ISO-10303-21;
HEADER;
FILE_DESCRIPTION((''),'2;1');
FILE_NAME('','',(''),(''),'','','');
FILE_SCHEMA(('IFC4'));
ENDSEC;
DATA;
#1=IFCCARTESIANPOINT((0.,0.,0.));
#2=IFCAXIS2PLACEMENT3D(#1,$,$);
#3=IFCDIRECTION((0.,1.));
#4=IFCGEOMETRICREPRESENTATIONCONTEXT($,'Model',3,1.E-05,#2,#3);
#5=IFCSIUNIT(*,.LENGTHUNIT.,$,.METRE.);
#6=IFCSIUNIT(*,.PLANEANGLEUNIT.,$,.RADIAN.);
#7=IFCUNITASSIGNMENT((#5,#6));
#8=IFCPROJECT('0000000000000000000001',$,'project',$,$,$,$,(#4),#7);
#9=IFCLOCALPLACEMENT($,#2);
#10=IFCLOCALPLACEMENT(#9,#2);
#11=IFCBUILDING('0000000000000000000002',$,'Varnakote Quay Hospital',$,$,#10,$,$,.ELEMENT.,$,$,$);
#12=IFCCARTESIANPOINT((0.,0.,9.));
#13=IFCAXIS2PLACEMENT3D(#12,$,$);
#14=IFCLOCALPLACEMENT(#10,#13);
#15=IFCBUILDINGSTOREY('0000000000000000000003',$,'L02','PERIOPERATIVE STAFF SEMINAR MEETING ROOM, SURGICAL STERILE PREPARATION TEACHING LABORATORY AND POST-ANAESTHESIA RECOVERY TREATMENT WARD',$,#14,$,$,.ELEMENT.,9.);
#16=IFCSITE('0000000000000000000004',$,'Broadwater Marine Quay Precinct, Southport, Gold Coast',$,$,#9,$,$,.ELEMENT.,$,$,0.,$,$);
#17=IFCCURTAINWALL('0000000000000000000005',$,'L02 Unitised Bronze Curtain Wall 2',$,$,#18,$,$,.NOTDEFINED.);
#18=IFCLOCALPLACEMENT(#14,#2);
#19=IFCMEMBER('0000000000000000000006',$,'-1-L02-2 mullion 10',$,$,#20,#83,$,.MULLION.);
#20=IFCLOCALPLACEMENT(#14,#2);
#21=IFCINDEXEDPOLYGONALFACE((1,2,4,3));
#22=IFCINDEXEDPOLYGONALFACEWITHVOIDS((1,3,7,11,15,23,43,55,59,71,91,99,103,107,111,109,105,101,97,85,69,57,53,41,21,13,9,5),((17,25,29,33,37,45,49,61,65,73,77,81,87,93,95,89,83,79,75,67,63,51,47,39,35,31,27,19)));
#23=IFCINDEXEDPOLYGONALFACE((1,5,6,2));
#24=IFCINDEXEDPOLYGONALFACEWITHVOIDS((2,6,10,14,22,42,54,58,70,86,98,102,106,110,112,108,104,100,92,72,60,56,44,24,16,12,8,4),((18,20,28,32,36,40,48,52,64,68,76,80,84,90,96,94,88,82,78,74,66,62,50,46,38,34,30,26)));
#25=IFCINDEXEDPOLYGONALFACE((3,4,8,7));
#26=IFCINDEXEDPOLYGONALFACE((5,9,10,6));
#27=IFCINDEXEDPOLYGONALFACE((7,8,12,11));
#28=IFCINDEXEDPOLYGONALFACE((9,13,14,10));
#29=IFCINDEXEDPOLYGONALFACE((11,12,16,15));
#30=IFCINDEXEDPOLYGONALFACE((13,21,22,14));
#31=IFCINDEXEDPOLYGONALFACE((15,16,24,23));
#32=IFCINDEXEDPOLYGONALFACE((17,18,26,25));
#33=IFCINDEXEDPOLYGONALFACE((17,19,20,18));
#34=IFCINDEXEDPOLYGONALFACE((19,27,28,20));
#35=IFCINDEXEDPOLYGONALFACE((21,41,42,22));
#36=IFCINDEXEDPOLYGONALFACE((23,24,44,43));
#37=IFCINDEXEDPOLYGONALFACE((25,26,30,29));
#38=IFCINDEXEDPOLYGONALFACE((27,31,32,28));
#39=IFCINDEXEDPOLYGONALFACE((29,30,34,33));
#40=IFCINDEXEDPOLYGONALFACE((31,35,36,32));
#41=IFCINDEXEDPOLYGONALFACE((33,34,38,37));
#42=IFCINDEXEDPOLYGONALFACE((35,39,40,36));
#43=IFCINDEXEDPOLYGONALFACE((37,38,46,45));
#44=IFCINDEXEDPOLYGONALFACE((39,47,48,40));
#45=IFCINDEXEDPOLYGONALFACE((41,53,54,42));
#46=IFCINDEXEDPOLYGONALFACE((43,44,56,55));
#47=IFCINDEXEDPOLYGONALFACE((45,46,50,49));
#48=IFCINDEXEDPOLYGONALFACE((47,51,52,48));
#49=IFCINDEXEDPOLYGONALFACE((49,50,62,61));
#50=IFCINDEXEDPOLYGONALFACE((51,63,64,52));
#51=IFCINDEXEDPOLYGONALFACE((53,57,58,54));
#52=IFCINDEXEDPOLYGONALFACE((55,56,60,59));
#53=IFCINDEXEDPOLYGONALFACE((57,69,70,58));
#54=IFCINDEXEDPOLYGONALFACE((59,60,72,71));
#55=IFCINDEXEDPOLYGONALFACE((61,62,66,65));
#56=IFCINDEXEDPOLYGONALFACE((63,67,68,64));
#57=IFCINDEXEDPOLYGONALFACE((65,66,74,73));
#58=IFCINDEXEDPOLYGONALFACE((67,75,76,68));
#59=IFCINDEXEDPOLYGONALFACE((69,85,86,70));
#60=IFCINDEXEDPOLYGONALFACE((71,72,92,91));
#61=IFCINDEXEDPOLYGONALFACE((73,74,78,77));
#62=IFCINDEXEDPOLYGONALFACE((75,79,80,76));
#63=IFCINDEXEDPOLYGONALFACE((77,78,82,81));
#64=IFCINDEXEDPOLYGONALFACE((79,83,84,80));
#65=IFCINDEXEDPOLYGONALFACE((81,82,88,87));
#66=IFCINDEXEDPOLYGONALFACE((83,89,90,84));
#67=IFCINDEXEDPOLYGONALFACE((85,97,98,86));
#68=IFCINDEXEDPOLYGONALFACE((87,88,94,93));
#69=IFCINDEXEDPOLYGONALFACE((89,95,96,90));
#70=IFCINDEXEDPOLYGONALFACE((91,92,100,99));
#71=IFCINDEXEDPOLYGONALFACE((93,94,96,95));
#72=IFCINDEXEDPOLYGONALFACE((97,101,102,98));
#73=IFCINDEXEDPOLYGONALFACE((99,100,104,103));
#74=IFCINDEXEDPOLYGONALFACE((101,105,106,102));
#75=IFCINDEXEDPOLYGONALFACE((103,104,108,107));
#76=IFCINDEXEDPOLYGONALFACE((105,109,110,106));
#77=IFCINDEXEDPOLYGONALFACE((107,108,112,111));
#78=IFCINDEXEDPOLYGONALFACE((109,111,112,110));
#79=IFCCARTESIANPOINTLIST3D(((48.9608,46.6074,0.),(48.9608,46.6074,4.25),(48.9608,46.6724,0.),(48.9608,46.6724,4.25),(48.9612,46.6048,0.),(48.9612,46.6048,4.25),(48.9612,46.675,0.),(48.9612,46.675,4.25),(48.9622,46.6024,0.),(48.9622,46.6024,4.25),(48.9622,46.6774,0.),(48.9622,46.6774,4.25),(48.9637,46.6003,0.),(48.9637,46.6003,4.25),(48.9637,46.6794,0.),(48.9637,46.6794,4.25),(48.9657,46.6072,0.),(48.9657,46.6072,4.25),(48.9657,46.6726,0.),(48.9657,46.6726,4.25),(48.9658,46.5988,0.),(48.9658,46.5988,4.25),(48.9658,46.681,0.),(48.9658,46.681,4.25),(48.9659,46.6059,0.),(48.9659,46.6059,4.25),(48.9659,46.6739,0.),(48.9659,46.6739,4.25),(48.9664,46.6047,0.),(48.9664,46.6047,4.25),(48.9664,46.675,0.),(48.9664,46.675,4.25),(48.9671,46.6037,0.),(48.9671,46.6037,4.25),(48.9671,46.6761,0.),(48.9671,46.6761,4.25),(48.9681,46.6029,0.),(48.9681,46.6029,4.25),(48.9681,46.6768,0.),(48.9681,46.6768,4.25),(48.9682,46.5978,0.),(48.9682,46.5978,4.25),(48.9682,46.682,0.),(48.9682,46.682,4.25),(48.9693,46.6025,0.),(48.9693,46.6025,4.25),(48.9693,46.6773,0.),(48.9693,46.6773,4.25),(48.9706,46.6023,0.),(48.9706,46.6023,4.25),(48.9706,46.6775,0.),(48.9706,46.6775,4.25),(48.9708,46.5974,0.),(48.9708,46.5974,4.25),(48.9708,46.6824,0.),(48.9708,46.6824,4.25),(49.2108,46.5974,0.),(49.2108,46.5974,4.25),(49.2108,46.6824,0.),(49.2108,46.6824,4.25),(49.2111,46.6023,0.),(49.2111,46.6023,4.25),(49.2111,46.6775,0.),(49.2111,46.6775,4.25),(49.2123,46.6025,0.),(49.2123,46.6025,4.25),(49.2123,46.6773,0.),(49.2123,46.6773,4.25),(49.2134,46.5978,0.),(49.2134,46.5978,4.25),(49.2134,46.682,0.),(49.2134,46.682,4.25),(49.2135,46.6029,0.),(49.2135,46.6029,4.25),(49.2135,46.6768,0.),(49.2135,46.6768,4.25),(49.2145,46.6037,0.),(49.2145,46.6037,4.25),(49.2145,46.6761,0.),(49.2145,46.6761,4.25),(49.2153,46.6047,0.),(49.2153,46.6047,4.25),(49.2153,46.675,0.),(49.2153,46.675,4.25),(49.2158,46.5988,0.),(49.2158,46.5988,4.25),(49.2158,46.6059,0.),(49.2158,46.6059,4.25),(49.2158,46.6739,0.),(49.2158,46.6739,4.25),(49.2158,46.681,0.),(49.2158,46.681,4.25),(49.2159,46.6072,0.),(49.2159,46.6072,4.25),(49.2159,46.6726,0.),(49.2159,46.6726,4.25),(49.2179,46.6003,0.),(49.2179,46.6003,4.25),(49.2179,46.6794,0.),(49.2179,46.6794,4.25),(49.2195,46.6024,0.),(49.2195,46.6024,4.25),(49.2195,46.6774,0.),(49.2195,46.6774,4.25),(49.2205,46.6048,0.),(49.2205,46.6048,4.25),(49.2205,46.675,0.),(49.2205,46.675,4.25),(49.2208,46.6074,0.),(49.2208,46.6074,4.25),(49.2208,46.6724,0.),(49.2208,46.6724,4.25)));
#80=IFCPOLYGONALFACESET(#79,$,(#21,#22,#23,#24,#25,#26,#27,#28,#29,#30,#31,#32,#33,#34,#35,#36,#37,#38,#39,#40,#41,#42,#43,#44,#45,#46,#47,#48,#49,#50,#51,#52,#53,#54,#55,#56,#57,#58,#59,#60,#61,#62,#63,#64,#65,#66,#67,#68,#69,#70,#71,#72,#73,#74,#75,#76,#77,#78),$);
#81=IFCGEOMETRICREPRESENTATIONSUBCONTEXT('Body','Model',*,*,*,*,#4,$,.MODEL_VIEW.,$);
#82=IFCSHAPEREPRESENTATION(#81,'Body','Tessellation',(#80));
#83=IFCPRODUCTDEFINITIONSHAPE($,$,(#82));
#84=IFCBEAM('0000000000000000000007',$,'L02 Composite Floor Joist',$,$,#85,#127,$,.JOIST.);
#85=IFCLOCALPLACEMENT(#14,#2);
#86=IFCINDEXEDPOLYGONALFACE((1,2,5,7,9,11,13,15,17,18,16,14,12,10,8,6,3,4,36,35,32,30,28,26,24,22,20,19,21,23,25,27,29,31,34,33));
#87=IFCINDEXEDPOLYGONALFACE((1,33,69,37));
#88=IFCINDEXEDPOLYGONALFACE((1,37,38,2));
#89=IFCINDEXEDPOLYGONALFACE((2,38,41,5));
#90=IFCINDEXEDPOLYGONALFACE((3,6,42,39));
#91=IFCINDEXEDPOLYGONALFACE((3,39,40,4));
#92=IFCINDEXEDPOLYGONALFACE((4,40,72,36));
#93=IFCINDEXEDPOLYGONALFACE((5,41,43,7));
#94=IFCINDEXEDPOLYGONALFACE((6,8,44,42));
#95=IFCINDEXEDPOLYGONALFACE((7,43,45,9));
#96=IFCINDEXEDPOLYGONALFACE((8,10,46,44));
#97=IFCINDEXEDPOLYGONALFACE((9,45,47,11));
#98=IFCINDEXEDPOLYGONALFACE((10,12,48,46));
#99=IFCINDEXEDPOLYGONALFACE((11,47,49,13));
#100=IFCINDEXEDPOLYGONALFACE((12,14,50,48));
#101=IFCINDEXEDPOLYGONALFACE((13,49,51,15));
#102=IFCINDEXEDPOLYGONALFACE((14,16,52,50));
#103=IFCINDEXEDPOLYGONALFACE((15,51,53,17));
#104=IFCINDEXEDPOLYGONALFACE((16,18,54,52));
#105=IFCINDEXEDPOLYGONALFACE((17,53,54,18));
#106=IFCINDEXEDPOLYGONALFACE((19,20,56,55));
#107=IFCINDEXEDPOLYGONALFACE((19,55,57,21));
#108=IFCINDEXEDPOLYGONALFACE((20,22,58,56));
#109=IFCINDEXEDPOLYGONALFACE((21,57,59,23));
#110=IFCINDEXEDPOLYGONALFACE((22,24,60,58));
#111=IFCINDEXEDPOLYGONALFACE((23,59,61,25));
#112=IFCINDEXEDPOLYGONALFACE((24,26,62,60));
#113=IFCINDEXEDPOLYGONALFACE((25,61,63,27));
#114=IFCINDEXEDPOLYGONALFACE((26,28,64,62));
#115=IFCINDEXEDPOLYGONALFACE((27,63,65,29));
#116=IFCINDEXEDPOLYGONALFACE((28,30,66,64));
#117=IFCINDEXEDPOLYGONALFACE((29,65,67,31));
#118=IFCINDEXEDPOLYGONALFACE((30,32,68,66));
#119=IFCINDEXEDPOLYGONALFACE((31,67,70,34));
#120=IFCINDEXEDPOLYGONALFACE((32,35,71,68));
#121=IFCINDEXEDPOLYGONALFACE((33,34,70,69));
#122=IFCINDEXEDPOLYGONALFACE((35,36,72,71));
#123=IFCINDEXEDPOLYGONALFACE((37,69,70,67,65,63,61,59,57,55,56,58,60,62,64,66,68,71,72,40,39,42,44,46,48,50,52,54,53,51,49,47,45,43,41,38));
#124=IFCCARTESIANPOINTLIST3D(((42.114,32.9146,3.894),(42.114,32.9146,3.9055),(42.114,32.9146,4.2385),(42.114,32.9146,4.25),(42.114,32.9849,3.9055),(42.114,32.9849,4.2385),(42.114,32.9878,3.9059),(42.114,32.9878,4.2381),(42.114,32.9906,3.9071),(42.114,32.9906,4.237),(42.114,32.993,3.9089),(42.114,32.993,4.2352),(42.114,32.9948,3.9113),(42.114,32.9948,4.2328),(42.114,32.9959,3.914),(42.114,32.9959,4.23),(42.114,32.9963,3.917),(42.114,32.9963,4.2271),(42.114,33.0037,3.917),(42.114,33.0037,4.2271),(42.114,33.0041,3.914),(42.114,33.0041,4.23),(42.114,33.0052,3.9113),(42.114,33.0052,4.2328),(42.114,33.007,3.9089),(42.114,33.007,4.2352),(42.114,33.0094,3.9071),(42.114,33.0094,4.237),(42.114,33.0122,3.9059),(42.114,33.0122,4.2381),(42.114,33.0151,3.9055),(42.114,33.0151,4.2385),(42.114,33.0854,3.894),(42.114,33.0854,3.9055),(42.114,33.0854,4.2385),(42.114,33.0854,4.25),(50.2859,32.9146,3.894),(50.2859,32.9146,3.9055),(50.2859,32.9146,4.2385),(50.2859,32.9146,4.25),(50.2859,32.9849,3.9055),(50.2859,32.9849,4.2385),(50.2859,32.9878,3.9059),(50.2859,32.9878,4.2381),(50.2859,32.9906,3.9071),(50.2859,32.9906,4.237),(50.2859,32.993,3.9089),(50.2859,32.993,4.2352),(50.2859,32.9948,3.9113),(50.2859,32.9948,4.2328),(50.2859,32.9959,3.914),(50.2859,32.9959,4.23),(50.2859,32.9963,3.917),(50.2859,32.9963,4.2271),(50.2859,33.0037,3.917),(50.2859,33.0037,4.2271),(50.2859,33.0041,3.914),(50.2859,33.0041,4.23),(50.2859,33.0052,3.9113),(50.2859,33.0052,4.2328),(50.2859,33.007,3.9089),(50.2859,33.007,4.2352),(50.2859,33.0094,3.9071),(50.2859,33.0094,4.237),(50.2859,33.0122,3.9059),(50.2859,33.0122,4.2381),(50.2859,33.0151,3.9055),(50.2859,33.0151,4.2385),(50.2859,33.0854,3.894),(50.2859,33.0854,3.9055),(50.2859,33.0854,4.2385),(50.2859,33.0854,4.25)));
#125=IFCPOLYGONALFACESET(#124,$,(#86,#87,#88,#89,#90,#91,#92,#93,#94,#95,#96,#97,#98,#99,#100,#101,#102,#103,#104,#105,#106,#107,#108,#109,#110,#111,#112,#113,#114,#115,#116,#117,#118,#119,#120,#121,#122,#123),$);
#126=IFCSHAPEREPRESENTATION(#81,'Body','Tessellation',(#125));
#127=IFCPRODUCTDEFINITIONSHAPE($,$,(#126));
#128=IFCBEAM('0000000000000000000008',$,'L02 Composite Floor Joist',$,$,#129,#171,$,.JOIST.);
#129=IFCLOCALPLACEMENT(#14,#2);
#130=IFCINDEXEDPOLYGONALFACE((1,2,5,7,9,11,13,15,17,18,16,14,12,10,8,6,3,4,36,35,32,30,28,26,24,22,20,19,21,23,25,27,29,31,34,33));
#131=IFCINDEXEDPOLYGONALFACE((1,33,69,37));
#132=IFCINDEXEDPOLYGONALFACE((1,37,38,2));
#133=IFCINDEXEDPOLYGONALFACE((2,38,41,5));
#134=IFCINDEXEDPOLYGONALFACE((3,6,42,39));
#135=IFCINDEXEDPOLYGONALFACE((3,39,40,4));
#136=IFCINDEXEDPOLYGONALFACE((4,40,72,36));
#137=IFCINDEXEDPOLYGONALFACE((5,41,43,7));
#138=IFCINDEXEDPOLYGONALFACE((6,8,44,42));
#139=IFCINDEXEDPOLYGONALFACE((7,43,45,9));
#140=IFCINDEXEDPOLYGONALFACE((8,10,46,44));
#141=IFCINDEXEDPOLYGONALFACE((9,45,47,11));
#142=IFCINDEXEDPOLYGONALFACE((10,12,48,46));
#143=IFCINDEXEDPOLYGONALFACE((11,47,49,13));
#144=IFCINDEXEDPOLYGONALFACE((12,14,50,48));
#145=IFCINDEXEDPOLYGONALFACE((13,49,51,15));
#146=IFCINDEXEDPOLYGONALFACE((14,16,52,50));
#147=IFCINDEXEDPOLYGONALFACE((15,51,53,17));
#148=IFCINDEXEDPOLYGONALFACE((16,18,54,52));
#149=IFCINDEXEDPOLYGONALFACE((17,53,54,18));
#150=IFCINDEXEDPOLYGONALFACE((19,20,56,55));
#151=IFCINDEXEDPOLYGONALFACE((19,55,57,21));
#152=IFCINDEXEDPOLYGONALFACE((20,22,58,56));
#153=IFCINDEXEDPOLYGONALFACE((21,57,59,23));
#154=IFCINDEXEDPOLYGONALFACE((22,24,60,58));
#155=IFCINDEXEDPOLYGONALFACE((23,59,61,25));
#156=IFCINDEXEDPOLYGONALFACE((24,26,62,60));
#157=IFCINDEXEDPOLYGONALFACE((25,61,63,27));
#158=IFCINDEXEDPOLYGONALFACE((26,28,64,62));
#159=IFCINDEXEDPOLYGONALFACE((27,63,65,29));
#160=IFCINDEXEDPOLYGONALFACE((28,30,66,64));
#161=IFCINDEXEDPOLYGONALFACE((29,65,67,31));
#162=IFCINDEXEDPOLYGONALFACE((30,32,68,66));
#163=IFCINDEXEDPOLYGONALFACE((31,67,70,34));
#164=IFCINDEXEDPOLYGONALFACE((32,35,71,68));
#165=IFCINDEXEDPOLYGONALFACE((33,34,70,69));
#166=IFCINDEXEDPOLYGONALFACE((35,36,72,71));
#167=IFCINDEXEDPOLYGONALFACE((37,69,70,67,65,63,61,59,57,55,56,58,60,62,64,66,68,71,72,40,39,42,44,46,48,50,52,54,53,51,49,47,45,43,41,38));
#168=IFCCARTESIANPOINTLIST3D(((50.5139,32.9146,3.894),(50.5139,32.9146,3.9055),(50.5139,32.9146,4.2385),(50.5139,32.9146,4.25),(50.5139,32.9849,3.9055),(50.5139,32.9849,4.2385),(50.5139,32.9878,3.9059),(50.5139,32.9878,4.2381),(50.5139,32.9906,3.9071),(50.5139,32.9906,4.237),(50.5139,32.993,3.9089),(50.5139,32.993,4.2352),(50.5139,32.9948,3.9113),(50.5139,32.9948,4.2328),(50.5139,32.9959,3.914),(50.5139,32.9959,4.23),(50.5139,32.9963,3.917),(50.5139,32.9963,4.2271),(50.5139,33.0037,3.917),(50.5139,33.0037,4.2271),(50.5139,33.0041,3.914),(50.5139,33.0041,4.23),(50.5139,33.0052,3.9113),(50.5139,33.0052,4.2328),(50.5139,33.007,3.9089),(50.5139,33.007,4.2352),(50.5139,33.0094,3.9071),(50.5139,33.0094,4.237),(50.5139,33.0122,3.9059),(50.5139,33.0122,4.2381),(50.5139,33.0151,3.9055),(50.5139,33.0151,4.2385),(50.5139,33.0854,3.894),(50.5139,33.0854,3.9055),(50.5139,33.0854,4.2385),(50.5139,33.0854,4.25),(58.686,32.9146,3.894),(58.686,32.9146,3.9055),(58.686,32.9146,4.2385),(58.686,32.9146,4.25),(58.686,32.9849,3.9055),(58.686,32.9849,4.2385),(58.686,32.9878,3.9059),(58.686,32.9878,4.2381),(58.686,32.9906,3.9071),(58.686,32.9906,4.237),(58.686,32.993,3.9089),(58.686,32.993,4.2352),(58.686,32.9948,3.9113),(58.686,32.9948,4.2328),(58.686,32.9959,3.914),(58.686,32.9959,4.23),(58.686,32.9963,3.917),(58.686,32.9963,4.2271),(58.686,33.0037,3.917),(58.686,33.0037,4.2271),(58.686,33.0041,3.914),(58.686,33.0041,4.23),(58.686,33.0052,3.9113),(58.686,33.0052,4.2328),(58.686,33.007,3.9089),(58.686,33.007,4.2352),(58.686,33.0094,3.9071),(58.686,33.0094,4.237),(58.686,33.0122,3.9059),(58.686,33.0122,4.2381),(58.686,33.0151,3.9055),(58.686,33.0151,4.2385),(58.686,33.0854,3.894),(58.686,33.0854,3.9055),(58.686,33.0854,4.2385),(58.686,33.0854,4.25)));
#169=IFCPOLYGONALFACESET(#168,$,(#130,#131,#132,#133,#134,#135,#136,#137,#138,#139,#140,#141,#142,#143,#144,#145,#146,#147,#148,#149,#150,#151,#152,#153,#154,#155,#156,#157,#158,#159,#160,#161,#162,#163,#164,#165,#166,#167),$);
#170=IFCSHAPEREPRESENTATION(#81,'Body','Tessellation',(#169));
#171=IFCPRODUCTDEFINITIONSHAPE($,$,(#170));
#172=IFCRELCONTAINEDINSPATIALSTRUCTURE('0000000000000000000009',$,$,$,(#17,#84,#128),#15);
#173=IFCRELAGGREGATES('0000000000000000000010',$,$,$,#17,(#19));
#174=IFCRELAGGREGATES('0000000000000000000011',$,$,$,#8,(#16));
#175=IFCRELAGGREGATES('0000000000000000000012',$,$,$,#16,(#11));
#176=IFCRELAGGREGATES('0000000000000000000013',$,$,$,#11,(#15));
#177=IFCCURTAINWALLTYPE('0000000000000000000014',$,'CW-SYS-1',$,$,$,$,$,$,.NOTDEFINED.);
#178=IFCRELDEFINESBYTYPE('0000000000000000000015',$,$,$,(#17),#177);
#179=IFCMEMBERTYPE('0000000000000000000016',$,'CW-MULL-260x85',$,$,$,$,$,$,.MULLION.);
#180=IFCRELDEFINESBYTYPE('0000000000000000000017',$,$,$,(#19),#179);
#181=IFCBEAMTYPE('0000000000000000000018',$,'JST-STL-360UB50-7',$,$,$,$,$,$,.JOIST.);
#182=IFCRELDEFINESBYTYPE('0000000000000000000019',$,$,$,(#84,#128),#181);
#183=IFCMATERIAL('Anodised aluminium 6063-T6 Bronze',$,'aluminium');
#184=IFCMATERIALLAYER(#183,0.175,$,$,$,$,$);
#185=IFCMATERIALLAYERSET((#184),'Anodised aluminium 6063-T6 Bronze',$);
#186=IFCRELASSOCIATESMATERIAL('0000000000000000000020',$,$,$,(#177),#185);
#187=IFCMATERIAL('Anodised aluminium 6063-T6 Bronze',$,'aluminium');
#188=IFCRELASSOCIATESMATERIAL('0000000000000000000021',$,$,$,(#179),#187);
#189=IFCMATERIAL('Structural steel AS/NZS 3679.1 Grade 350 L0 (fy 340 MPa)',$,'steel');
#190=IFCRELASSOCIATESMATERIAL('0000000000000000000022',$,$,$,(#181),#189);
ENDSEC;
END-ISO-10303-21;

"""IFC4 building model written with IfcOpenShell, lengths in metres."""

from ifc_helpers import new_model, si_unit, direction, frame, origin, origin_2d, place, context, subcontext, project, spatial, hollow_rectangle, i_section, extrude, material, layer, layer_set, material_profile, profile_set, type_object, element, aggregate, save


model = new_model("IFC4")

# Units and contexts
model_context = context("Model", 3, precision=1e-05, world=origin(), true_north=direction((0.0, 1.0)))
body_context = subcontext(model_context, "Body", "Model", "MODEL_VIEW")
ifc_project = project(units=[si_unit("LENGTHUNIT", "METRE"), si_unit("PLANEANGLEUNIT", "RADIAN")], contexts=[model_context])

# Site, building, storey
site_placement = place(None, origin())
site = spatial("IfcSite", under=ifc_project, at=site_placement, Name="Broadwater Marine Quay Precinct, Southport, Gold Coast", CompositionType="ELEMENT", RefElevation=0.0)
building_placement = place(site_placement, origin())
building = spatial("IfcBuilding", under=site, at=building_placement, Name="Varnakote Quay Hospital", CompositionType="ELEMENT")
storey_placement = place(building_placement, frame((0.0, 0.0, 9.0)))
storey = spatial("IfcBuildingStorey", under=building, at=storey_placement, Name="L02", Description="PERIOPERATIVE STAFF SEMINAR MEETING ROOM, SURGICAL STERILE PREPARATION TEACHING LABORATORY AND POST-ANAESTHESIA RECOVERY TREATMENT WARD", CompositionType="ELEMENT", Elevation=9.0)

# Curtain wall, member
ifc_material_1 = material(Name="Anodised aluminium 6063-T6 Bronze", Category="aluminium")
ifc_layer_1 = layer(ifc_material_1, 0.175)
ifc_layer_set_1 = layer_set([ifc_layer_1], Name="Anodised aluminium 6063-T6 Bronze")
curtain_wall_type = type_object("IfcCurtainWallType", Name="CW-SYS-1", PredefinedType="NOTDEFINED", material=ifc_layer_set_1)
curtain_wall_placement = place(storey_placement, origin())
curtain_wall = element("IfcCurtainWall", 1, at=curtain_wall_placement, inside=storey, type_object=curtain_wall_type, Name="L02 Unitised Bronze Curtain Wall 2", PredefinedType="NOTDEFINED")
ifc_material_2 = material(Name="Anodised aluminium 6063-T6 Bronze", Category="aluminium")
ifc_material_profile_1 = material_profile(ifc_material_2, hollow_rectangle(XDim=0.085, YDim=0.26, WallThickness=0.0049, InnerFilletRadius=0.0049, OuterFilletRadius=0.01, at=origin_2d()), Name="CW-MULL-260x85")
ifc_profile_set_1 = profile_set([ifc_material_profile_1], Name="Anodised aluminium 6063-T6 Bronze")
member_type = type_object("IfcMemberType", Name="CW-MULL-260x85", PredefinedType="MULLION", material=ifc_profile_set_1)
member_placement = place(storey_placement, frame((49.0908, 46.6399, 0.0), z_axis=(0.0, 0.0, 1.0), x_axis=(0.0, -1.0, 0.0)))
member = element("IfcMember", 2, at=member_placement, type_object=member_type, Name="-1-L02-2 mullion 10", PredefinedType="MULLION", context=body_context, shape_type="SweptSolid", body=[
    extrude(hollow_rectangle(XDim=0.085, YDim=0.26, WallThickness=0.0049, InnerFilletRadius=0.0049, OuterFilletRadius=0.01, at=origin_2d()), origin(), (0.0, 0.0, 1.0), 4.25),
])
aggregate(curtain_wall, [member])

# Beams
ifc_material_3 = material(Name="Structural steel AS/NZS 3679.1 Grade 350 L0 (fy 340 MPa)", Category="steel")
ifc_material_profile_2 = material_profile(ifc_material_3, i_section(OverallWidth=0.1709, OverallDepth=0.356, WebThickness=0.0073, FlangeThickness=0.0115, FilletRadius=0.0115, at=origin_2d()), Name="360UB50.7")
ifc_profile_set_2 = profile_set([ifc_material_profile_2], Name="Structural steel AS/NZS 3679.1 Grade 350 L0 (fy 340 MPa)")
beam_type_1 = type_object("IfcBeamType", Name="JST-STL-360UB50-7", PredefinedType="JOIST", material=ifc_profile_set_2)
beam_1_placement = place(storey_placement, frame((42.114, 33.0, 4.072), z_axis=(1.0, 0.0, 0.0), x_axis=(0.0, 1.0, 0.0)))
element("IfcBeam", 3, at=beam_1_placement, inside=storey, type_object=beam_type_1, Name="L02 Composite Floor Joist", PredefinedType="JOIST", context=body_context, shape_type="SweptSolid", body=[
    extrude(i_section(OverallWidth=0.1709, OverallDepth=0.356, WebThickness=0.0073, FlangeThickness=0.0115, FilletRadius=0.0115, at=origin_2d()), origin(), (0.0, 0.0, 1.0), 8.1719),
])
for number, where, z_axis, x_axis, name in (
    (4, (50.5139, 33.0, 4.072), (1.0, 0.0, 0.0), (0.0, 1.0, 0.0), "L02 Composite Floor Joist"),
):
    element("IfcBeam", number, at=place(storey_placement, frame(where, z_axis=z_axis, x_axis=x_axis)), inside=storey, type_object=beam_type_1, Name=name, PredefinedType="JOIST", context=body_context, shape_type="SweptSolid", body=[
        extrude(i_section(OverallWidth=0.1709, OverallDepth=0.356, WebThickness=0.0073, FlangeThickness=0.0115, FilletRadius=0.0115, at=origin_2d()), origin(), (0.0, 0.0, 1.0), 8.1721),
    ])

save(model, "model.ifc")
